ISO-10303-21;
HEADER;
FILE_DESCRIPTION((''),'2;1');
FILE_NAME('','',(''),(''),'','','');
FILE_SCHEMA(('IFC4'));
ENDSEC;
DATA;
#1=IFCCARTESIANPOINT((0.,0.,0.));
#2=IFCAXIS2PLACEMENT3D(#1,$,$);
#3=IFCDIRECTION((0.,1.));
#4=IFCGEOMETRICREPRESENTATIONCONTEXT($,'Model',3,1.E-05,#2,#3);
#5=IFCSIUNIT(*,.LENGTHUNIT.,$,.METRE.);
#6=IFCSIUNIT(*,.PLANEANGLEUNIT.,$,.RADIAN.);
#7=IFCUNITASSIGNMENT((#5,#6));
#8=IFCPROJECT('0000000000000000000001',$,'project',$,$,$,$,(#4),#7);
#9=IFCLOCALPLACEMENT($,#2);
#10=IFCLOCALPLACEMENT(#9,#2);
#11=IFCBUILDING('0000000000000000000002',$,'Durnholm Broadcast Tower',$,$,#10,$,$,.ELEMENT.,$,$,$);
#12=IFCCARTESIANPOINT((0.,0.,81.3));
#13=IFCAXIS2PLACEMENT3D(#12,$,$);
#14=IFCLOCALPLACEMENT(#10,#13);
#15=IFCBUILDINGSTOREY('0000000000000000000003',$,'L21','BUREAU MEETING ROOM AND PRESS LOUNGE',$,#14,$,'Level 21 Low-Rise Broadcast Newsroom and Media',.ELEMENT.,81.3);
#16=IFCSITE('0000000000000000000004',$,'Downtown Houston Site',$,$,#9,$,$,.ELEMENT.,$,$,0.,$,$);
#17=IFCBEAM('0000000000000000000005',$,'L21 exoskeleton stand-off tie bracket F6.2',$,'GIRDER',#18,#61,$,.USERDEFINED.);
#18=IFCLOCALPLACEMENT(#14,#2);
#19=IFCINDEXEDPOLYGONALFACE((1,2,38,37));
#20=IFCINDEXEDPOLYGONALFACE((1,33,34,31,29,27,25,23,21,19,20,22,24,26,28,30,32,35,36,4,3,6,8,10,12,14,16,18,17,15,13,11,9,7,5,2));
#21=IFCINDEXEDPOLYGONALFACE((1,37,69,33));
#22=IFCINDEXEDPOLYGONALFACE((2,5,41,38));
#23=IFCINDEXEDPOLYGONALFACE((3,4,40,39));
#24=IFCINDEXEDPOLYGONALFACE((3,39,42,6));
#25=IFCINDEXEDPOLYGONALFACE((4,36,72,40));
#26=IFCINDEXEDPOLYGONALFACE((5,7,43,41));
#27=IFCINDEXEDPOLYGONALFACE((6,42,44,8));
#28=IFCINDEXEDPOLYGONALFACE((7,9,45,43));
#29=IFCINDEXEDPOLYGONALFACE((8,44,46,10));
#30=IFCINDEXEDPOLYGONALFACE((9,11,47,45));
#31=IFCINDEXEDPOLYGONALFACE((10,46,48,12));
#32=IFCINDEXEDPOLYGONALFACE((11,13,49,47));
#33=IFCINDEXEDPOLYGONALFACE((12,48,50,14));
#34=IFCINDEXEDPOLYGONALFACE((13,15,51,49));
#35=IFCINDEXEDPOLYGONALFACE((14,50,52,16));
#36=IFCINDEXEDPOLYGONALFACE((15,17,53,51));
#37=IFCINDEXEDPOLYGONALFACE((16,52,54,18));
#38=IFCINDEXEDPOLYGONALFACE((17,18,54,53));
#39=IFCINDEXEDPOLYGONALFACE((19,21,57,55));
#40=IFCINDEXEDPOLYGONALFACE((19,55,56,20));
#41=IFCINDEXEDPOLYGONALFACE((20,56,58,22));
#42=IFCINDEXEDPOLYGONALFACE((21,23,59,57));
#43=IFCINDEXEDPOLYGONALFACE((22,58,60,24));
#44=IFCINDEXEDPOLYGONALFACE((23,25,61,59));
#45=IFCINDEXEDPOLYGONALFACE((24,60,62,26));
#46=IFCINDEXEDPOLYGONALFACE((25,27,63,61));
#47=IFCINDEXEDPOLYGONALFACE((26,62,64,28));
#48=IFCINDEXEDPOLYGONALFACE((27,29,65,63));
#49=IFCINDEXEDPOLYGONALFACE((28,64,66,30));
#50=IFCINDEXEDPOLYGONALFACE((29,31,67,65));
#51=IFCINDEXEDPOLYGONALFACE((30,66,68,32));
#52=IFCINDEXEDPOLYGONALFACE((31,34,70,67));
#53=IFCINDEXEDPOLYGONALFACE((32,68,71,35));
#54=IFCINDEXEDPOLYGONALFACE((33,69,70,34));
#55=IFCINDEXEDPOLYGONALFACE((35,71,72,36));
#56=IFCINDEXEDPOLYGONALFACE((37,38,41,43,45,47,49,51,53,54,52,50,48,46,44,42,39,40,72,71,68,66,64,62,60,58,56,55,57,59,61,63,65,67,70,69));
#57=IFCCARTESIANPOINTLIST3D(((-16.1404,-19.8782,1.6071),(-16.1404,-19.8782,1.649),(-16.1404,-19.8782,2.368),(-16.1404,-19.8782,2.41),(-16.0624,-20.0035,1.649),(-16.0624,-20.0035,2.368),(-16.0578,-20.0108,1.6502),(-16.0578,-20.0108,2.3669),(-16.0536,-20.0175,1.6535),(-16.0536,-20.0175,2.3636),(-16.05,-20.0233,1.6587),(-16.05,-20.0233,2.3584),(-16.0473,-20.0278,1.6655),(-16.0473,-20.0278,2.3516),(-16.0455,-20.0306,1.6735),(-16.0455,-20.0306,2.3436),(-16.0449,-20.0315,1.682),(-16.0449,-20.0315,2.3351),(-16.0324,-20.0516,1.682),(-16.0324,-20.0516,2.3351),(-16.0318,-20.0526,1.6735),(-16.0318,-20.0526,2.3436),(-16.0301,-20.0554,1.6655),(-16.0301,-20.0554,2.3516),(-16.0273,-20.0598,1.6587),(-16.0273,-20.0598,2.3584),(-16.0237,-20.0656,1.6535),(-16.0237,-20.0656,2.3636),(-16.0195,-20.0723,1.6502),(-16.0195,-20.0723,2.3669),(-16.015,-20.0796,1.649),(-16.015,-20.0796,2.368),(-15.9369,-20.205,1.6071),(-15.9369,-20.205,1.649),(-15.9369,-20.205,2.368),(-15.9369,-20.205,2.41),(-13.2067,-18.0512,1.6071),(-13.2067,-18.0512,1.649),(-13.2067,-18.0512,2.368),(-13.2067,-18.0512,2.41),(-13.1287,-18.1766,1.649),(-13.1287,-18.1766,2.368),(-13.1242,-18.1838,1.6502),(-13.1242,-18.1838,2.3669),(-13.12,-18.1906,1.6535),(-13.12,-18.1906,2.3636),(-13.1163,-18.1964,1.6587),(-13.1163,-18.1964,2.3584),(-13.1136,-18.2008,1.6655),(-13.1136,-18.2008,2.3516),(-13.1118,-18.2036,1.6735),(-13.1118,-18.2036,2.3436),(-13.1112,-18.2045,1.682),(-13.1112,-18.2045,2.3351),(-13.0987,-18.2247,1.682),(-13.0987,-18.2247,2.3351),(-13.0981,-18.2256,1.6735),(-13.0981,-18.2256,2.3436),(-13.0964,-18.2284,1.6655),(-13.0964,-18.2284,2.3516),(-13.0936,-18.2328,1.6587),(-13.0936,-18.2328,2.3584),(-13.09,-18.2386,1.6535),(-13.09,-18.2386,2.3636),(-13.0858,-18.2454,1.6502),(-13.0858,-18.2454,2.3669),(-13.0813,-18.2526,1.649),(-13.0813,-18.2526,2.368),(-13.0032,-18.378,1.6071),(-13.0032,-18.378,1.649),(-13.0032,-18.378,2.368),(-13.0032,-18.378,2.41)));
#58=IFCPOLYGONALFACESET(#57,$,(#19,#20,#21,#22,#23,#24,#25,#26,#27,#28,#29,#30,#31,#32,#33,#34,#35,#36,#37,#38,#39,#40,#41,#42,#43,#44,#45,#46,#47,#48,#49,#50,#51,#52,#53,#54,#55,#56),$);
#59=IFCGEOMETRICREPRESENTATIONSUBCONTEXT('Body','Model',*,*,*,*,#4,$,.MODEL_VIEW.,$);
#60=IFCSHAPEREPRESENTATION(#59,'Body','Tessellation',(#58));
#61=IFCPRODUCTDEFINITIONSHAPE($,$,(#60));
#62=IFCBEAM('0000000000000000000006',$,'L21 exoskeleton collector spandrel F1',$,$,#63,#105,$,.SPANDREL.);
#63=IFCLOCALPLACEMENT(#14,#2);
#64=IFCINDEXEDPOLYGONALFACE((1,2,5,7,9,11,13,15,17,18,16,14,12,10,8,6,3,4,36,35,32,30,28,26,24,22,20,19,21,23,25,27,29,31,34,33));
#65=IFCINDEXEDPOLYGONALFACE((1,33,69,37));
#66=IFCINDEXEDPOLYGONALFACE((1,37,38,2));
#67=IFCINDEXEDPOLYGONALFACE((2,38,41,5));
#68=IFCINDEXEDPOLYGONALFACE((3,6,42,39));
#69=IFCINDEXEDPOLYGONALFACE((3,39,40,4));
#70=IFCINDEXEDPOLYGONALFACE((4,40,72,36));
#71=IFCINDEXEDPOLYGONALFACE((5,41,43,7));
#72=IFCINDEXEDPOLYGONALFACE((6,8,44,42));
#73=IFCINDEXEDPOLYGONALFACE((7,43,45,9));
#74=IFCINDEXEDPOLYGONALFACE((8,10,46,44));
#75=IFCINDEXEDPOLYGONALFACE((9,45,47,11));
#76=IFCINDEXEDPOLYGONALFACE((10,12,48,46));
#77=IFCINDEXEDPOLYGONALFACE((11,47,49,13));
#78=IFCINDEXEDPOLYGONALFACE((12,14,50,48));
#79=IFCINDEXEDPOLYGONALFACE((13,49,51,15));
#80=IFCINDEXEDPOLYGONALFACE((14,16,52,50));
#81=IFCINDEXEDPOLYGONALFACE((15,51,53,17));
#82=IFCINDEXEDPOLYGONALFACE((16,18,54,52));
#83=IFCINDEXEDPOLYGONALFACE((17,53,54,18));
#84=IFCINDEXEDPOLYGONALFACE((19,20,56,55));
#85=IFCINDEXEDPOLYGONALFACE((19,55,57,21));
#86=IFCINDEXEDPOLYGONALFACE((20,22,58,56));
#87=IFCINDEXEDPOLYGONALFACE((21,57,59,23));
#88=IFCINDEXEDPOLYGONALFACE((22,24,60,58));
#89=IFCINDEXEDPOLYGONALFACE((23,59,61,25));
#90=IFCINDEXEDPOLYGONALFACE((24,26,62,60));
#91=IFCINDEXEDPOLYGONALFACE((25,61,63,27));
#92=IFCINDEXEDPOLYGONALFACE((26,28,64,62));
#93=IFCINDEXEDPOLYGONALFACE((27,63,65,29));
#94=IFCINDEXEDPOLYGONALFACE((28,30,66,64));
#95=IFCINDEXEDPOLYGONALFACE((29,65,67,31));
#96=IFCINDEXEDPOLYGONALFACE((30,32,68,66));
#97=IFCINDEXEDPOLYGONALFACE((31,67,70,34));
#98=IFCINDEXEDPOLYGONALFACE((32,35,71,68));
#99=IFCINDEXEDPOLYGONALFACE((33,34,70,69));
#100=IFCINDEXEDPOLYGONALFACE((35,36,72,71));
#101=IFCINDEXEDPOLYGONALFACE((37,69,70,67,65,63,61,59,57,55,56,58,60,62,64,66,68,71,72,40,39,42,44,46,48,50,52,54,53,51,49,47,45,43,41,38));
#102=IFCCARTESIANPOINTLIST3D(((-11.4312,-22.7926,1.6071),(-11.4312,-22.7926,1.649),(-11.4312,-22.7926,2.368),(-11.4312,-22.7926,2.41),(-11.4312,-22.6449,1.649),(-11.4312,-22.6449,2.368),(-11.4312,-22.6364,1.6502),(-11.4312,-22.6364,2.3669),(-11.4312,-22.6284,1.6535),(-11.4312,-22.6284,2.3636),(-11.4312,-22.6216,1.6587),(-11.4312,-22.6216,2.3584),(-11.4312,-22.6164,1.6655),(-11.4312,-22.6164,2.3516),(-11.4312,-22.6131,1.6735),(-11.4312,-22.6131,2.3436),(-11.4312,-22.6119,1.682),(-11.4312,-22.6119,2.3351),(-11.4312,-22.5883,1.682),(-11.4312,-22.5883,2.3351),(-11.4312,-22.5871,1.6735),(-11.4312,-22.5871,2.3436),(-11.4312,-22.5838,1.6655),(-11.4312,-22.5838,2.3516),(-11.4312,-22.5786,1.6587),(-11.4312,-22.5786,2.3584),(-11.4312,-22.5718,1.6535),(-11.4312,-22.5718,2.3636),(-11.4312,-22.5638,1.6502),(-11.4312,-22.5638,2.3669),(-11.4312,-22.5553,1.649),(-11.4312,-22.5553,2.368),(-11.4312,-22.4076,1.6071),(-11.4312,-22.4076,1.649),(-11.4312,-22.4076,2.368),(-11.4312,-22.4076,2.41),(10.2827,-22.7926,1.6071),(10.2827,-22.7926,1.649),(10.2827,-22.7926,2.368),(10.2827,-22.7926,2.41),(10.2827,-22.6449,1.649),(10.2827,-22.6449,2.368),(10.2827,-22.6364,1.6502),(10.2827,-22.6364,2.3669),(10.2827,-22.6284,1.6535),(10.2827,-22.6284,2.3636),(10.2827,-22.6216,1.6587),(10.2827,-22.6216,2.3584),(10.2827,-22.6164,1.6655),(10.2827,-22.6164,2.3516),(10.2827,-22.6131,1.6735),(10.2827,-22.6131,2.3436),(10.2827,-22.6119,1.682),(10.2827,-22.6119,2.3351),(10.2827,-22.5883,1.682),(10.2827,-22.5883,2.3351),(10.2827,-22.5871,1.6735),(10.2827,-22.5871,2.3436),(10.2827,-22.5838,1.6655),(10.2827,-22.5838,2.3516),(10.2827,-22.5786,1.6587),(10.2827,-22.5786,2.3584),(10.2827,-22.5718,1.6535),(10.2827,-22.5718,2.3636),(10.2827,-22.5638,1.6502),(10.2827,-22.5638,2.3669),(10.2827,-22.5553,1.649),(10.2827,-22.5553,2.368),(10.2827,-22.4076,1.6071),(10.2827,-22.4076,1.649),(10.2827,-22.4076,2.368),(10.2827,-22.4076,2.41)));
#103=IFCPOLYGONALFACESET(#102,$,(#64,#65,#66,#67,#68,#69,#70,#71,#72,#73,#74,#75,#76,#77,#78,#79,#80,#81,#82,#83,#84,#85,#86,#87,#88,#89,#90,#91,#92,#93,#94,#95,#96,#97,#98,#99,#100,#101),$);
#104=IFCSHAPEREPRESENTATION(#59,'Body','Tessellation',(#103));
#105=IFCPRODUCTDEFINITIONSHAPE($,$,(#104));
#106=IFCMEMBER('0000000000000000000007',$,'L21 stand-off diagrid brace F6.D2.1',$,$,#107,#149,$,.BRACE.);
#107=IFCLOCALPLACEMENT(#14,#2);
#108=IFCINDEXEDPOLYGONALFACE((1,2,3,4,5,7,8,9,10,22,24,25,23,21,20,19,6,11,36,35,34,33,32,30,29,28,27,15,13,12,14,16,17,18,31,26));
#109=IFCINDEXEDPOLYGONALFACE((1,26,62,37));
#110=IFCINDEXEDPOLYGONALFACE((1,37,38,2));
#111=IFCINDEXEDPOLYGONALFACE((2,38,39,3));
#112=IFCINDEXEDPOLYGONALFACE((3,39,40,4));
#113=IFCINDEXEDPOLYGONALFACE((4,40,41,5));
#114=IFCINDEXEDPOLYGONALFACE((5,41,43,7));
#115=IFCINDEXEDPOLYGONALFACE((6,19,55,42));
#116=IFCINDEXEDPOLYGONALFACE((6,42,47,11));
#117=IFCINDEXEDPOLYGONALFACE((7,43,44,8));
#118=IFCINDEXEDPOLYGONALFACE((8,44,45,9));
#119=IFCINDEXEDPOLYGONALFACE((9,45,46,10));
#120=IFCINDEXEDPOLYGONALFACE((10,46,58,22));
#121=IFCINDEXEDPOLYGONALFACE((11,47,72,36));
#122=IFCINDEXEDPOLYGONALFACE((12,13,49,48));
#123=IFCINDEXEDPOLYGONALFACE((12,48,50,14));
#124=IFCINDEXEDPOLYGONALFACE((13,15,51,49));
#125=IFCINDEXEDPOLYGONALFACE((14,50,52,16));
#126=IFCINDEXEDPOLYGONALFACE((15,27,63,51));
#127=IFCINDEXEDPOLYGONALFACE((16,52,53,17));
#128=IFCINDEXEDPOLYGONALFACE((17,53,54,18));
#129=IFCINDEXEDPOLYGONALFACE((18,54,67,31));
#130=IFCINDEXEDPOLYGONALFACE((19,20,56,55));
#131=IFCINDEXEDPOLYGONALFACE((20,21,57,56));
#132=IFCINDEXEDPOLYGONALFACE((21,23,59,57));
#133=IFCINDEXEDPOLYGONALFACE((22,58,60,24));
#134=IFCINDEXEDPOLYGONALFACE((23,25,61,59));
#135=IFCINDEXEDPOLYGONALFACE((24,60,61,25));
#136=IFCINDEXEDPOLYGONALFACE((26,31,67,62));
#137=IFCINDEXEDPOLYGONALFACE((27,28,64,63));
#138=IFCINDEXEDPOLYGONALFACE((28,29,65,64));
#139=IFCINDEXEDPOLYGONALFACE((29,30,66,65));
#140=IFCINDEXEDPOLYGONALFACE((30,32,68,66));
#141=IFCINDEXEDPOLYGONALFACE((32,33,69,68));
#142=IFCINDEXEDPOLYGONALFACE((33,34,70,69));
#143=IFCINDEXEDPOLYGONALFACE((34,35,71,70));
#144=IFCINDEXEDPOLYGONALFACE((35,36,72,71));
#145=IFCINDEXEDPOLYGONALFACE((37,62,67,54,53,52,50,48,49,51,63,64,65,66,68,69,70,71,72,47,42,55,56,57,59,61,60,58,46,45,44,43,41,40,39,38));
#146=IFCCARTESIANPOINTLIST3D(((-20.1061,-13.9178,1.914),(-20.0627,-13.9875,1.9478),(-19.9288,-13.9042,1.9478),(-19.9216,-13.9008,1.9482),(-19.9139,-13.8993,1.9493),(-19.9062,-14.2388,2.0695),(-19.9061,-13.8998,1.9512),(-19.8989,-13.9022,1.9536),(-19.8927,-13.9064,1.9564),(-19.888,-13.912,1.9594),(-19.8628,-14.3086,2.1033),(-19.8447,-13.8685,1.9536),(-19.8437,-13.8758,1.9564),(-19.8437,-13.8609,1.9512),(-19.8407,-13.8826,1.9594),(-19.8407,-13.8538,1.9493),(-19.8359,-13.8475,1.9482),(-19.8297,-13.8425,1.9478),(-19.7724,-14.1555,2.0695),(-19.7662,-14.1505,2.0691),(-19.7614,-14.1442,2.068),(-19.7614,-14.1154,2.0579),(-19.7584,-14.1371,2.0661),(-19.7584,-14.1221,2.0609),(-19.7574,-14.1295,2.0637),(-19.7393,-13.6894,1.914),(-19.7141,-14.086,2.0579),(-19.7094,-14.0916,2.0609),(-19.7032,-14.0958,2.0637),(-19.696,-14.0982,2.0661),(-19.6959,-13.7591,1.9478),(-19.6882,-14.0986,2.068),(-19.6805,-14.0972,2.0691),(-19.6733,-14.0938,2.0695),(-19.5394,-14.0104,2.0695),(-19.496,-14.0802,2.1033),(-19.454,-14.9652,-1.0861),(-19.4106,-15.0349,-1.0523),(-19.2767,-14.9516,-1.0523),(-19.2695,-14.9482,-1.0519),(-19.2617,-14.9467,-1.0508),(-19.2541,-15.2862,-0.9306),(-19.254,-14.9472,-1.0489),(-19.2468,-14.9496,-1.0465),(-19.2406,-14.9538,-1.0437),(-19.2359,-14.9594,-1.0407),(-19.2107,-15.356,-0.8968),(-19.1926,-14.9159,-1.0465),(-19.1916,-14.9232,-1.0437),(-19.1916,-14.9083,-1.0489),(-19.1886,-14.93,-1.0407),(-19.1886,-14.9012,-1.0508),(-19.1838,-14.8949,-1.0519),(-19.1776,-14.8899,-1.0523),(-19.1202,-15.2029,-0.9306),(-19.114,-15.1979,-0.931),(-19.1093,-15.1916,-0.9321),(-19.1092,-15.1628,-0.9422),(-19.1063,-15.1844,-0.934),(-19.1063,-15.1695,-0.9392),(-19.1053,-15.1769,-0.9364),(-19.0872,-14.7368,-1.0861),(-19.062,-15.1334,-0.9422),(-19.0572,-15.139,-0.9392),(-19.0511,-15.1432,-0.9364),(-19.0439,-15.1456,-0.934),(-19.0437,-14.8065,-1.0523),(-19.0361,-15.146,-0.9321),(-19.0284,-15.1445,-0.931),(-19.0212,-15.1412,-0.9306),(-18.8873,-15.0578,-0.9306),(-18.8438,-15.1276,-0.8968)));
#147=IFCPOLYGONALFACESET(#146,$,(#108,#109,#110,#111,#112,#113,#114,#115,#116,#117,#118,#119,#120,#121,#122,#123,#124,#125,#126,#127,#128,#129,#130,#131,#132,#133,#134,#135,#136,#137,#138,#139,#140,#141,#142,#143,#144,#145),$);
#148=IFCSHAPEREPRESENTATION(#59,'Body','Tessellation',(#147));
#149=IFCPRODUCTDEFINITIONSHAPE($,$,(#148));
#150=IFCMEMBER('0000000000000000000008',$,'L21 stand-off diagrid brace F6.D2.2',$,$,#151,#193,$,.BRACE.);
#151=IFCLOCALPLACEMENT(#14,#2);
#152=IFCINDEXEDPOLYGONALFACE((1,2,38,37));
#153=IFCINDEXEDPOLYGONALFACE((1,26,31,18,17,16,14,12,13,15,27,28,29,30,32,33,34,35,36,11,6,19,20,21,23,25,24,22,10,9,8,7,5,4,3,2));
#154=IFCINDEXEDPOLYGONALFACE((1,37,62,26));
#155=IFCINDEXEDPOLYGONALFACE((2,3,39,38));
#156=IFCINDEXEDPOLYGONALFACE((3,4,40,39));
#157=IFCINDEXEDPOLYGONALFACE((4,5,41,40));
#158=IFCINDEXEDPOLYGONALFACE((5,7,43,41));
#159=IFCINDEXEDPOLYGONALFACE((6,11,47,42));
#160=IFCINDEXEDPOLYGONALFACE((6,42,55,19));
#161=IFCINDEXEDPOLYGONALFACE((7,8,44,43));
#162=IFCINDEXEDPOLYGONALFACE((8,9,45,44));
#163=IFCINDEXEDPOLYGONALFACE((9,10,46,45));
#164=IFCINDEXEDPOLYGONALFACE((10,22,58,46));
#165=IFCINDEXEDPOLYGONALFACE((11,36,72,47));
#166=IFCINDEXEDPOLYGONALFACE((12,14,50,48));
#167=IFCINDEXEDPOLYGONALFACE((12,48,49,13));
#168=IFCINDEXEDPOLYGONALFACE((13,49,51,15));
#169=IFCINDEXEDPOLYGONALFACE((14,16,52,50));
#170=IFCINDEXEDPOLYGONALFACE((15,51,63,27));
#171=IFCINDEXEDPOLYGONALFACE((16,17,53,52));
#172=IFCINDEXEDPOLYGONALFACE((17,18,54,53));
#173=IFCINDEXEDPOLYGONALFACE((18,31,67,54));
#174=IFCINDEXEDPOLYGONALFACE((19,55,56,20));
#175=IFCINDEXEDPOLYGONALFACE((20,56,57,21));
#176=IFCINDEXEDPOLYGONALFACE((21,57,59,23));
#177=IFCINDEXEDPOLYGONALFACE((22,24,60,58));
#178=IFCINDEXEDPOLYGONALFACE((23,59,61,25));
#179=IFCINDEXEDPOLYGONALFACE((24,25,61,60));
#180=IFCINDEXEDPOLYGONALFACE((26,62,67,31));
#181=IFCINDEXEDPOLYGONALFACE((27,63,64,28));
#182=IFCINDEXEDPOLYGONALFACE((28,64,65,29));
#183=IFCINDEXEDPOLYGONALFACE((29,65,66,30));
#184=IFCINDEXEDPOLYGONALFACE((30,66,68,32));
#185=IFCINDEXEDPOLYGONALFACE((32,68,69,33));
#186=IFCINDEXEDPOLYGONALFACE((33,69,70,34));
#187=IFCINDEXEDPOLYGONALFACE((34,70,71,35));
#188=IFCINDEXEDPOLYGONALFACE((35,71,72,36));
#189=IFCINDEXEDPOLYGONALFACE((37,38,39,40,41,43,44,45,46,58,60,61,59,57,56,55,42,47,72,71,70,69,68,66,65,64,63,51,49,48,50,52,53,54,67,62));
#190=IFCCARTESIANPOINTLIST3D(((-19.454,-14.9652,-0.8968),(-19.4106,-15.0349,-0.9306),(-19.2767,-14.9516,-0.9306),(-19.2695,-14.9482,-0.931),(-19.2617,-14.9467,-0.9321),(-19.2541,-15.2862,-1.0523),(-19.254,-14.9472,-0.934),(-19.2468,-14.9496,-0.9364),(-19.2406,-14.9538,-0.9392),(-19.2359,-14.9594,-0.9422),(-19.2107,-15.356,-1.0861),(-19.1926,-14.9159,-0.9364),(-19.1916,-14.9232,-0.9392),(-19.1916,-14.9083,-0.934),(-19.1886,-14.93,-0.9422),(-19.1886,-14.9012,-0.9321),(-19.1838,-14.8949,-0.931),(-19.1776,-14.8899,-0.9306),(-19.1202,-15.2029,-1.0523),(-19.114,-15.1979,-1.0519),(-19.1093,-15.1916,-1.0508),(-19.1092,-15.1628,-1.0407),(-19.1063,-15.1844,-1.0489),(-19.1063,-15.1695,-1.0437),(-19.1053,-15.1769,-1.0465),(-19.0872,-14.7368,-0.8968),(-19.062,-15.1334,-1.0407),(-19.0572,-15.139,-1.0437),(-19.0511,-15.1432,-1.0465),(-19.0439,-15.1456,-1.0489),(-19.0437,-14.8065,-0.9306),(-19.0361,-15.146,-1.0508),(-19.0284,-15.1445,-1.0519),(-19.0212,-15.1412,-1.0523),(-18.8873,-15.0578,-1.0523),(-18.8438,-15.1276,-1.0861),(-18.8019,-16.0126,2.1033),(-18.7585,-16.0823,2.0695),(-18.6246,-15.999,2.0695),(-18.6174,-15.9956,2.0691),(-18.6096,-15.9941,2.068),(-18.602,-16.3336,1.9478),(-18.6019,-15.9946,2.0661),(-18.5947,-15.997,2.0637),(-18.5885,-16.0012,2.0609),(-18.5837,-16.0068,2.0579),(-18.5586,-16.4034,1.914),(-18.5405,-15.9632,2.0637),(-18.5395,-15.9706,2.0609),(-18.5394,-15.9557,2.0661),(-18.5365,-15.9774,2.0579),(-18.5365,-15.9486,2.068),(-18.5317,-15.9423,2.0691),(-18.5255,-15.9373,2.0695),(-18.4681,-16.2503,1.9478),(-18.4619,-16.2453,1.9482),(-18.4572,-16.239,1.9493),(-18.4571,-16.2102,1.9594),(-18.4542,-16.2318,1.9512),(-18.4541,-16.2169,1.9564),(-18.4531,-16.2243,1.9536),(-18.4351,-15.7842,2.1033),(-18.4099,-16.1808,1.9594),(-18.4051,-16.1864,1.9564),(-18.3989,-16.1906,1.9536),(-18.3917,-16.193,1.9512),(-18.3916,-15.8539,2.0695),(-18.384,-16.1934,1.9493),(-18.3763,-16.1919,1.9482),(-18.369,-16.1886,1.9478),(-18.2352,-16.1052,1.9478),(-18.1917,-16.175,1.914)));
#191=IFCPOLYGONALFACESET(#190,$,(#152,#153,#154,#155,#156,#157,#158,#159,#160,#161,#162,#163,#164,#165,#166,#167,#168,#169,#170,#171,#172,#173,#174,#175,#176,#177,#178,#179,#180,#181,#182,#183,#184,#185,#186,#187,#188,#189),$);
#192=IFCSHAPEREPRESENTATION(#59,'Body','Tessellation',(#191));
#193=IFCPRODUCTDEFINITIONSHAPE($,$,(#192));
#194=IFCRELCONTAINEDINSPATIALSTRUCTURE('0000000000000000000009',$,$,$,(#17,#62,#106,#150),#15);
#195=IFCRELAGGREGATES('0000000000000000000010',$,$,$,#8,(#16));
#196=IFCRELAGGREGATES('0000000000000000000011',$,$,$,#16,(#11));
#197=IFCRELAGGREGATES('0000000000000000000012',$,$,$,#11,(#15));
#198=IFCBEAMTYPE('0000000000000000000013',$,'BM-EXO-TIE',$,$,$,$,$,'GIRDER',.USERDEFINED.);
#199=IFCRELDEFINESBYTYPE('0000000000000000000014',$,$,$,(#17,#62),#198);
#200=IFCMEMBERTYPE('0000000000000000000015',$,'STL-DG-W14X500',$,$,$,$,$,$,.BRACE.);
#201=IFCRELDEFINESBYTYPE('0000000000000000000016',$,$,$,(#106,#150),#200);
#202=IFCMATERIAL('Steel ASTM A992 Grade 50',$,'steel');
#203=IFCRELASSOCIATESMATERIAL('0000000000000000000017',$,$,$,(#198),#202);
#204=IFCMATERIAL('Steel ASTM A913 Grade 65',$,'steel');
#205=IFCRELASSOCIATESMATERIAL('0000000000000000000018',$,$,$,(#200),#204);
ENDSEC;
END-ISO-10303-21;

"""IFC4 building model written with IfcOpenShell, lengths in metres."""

from ifc_helpers import new_model, si_unit, direction, frame, origin, origin_2d, place, context, subcontext, project, spatial, i_section, extrude, source, transform, mapped, material, material_profile, profile_set, type_object, type_shapes, element, save


model = new_model("IFC4")

# Units and contexts
model_context = context("Model", 3, precision=1e-05, world=origin(), true_north=direction((0.0, 1.0)))
body_context = subcontext(model_context, "Body", "Model", "MODEL_VIEW")
ifc_project = project(units=[si_unit("LENGTHUNIT", "METRE"), si_unit("PLANEANGLEUNIT", "RADIAN")], contexts=[model_context])

# Site, building, storey
site_placement = place(None, origin())
site = spatial("IfcSite", under=ifc_project, at=site_placement, Name="Downtown Houston Site", CompositionType="ELEMENT", RefElevation=0.0)
building_placement = place(site_placement, origin())
building = spatial("IfcBuilding", under=site, at=building_placement, Name="Durnholm Broadcast Tower", CompositionType="ELEMENT")
storey_placement = place(building_placement, frame((0.0, 0.0, 81.3)))
storey = spatial("IfcBuildingStorey", under=building, at=storey_placement, Name="L21", Description="BUREAU MEETING ROOM AND PRESS LOUNGE", LongName="Level 21 Low-Rise Broadcast Newsroom and Media", CompositionType="ELEMENT", Elevation=81.3)

# Beams
ifc_material_1 = material(Name="Steel ASTM A992 Grade 50", Category="steel")
ifc_material_profile_1 = material_profile(ifc_material_1, i_section(OverallWidth=0.385, OverallDepth=0.803, WebThickness=0.0237, FlangeThickness=0.042, FilletRadius=0.033, at=origin_2d()), Name="W30X261")
ifc_profile_set_1 = profile_set([ifc_material_profile_1], Name="Steel ASTM A992 Grade 50")
beam_type_1 = type_object("IfcBeamType", Name="BM-EXO-TIE", ElementType="GIRDER", PredefinedType="USERDEFINED", material=ifc_profile_set_1)
shared_shape_1 = source(origin(), body_context, "Body", "SweptSolid", [
    extrude(i_section(OverallWidth=0.385, OverallDepth=0.803, WebThickness=0.0237, FlangeThickness=0.042, FilletRadius=0.033, at=origin_2d()), origin(), (0.0, 0.0, 1.0), 3.4561),
])
for number, where, z_axis, x_axis, name in (
    (1, (-13.105, -18.2146, 2.0085), (-0.848854, -0.528627, 0.0), (0.528627, -0.848854, 0.0), "L21 exoskeleton stand-off tie bracket F6.2"),
):
    element("IfcBeam", number, at=place(storey_placement, frame(where, z_axis=z_axis, x_axis=x_axis)), inside=storey, type_object=beam_type_1, Name=name, ObjectType="GIRDER", PredefinedType="USERDEFINED", context=body_context, shape_type="MappedRepresentation", body=[
        mapped(shared_shape_1, transform((0.0, 0.0, 0.0), x_axis=(1.0, 0.0, 0.0), y_axis=(0.0, 1.0, 0.0), z_axis=(0.0, 0.0, 1.0), scale=1.0)),
    ])
shared_shape_2 = source(origin(), body_context, "Body", "SweptSolid", [
    extrude(i_section(OverallWidth=0.385, OverallDepth=0.803, WebThickness=0.0237, FlangeThickness=0.042, FilletRadius=0.033, at=origin_2d()), origin(), (0.0, 0.0, 1.0), 21.7139),
])
type_shapes(beam_type_1, [shared_shape_1, shared_shape_2])
beam_1_placement = place(storey_placement, frame((-11.4312, -22.6001, 2.0085), z_axis=(1.0, 0.0, 0.0), x_axis=(0.0, 1.0, 0.0)))
element("IfcBeam", 2, at=beam_1_placement, inside=storey, type_object=beam_type_1, Name="L21 exoskeleton collector spandrel F1", PredefinedType="SPANDREL", context=body_context, shape_type="MappedRepresentation", body=[
    mapped(shared_shape_2, transform((0.0, 0.0, 0.0), x_axis=(1.0, 0.0, 0.0), y_axis=(0.0, 1.0, 0.0), z_axis=(0.0, 0.0, 1.0), scale=1.0)),
])

# Members
ifc_material_2 = material(Name="Steel ASTM A913 Grade 65", Category="steel")
ifc_material_profile_2 = material_profile(ifc_material_2, i_section(OverallWidth=0.4321, OverallDepth=0.4978, WebThickness=0.0557, FlangeThickness=0.0889, FilletRadius=0.0305, at=origin_2d()), Name="W14X500")
ifc_profile_set_2 = profile_set([ifc_material_profile_2], Name="Steel ASTM A913 Grade 65")
member_type_1 = type_object("IfcMemberType", Name="STL-DG-W14X500", PredefinedType="BRACE", material=ifc_profile_set_2)
shared_shape_3 = source(origin(), body_context, "Body", "SweptSolid", [
    extrude(i_section(OverallWidth=0.4321, OverallDepth=0.4978, WebThickness=0.0557, FlangeThickness=0.0889, FilletRadius=0.0305, at=origin_2d()), origin(), (0.0, 0.0, 1.0), 3.2439),
])
type_shapes(member_type_1, [shared_shape_3])
for number, where, z_axis, x_axis, name in (
    (3, (-19.1489, -15.0464, -0.9915), (-0.20103, 0.322882, 0.924843), (-0.848909, -0.52854, 0.0), "L21 stand-off diagrid brace F6.D2.1"),
    (4, (-19.1489, -15.0464, -0.9915), (0.20103, -0.322882, 0.924843), (0.848909, 0.52854, 0.0), "L21 stand-off diagrid brace F6.D2.2"),
):
    element("IfcMember", number, at=place(storey_placement, frame(where, z_axis=z_axis, x_axis=x_axis)), inside=storey, type_object=member_type_1, Name=name, PredefinedType="BRACE", context=body_context, shape_type="MappedRepresentation", body=[
        mapped(shared_shape_3, transform((0.0, 0.0, 0.0), x_axis=(1.0, 0.0, 0.0), y_axis=(0.0, 1.0, 0.0), z_axis=(0.0, 0.0, 1.0), scale=1.0)),
    ])

save(model, "model.ifc")
